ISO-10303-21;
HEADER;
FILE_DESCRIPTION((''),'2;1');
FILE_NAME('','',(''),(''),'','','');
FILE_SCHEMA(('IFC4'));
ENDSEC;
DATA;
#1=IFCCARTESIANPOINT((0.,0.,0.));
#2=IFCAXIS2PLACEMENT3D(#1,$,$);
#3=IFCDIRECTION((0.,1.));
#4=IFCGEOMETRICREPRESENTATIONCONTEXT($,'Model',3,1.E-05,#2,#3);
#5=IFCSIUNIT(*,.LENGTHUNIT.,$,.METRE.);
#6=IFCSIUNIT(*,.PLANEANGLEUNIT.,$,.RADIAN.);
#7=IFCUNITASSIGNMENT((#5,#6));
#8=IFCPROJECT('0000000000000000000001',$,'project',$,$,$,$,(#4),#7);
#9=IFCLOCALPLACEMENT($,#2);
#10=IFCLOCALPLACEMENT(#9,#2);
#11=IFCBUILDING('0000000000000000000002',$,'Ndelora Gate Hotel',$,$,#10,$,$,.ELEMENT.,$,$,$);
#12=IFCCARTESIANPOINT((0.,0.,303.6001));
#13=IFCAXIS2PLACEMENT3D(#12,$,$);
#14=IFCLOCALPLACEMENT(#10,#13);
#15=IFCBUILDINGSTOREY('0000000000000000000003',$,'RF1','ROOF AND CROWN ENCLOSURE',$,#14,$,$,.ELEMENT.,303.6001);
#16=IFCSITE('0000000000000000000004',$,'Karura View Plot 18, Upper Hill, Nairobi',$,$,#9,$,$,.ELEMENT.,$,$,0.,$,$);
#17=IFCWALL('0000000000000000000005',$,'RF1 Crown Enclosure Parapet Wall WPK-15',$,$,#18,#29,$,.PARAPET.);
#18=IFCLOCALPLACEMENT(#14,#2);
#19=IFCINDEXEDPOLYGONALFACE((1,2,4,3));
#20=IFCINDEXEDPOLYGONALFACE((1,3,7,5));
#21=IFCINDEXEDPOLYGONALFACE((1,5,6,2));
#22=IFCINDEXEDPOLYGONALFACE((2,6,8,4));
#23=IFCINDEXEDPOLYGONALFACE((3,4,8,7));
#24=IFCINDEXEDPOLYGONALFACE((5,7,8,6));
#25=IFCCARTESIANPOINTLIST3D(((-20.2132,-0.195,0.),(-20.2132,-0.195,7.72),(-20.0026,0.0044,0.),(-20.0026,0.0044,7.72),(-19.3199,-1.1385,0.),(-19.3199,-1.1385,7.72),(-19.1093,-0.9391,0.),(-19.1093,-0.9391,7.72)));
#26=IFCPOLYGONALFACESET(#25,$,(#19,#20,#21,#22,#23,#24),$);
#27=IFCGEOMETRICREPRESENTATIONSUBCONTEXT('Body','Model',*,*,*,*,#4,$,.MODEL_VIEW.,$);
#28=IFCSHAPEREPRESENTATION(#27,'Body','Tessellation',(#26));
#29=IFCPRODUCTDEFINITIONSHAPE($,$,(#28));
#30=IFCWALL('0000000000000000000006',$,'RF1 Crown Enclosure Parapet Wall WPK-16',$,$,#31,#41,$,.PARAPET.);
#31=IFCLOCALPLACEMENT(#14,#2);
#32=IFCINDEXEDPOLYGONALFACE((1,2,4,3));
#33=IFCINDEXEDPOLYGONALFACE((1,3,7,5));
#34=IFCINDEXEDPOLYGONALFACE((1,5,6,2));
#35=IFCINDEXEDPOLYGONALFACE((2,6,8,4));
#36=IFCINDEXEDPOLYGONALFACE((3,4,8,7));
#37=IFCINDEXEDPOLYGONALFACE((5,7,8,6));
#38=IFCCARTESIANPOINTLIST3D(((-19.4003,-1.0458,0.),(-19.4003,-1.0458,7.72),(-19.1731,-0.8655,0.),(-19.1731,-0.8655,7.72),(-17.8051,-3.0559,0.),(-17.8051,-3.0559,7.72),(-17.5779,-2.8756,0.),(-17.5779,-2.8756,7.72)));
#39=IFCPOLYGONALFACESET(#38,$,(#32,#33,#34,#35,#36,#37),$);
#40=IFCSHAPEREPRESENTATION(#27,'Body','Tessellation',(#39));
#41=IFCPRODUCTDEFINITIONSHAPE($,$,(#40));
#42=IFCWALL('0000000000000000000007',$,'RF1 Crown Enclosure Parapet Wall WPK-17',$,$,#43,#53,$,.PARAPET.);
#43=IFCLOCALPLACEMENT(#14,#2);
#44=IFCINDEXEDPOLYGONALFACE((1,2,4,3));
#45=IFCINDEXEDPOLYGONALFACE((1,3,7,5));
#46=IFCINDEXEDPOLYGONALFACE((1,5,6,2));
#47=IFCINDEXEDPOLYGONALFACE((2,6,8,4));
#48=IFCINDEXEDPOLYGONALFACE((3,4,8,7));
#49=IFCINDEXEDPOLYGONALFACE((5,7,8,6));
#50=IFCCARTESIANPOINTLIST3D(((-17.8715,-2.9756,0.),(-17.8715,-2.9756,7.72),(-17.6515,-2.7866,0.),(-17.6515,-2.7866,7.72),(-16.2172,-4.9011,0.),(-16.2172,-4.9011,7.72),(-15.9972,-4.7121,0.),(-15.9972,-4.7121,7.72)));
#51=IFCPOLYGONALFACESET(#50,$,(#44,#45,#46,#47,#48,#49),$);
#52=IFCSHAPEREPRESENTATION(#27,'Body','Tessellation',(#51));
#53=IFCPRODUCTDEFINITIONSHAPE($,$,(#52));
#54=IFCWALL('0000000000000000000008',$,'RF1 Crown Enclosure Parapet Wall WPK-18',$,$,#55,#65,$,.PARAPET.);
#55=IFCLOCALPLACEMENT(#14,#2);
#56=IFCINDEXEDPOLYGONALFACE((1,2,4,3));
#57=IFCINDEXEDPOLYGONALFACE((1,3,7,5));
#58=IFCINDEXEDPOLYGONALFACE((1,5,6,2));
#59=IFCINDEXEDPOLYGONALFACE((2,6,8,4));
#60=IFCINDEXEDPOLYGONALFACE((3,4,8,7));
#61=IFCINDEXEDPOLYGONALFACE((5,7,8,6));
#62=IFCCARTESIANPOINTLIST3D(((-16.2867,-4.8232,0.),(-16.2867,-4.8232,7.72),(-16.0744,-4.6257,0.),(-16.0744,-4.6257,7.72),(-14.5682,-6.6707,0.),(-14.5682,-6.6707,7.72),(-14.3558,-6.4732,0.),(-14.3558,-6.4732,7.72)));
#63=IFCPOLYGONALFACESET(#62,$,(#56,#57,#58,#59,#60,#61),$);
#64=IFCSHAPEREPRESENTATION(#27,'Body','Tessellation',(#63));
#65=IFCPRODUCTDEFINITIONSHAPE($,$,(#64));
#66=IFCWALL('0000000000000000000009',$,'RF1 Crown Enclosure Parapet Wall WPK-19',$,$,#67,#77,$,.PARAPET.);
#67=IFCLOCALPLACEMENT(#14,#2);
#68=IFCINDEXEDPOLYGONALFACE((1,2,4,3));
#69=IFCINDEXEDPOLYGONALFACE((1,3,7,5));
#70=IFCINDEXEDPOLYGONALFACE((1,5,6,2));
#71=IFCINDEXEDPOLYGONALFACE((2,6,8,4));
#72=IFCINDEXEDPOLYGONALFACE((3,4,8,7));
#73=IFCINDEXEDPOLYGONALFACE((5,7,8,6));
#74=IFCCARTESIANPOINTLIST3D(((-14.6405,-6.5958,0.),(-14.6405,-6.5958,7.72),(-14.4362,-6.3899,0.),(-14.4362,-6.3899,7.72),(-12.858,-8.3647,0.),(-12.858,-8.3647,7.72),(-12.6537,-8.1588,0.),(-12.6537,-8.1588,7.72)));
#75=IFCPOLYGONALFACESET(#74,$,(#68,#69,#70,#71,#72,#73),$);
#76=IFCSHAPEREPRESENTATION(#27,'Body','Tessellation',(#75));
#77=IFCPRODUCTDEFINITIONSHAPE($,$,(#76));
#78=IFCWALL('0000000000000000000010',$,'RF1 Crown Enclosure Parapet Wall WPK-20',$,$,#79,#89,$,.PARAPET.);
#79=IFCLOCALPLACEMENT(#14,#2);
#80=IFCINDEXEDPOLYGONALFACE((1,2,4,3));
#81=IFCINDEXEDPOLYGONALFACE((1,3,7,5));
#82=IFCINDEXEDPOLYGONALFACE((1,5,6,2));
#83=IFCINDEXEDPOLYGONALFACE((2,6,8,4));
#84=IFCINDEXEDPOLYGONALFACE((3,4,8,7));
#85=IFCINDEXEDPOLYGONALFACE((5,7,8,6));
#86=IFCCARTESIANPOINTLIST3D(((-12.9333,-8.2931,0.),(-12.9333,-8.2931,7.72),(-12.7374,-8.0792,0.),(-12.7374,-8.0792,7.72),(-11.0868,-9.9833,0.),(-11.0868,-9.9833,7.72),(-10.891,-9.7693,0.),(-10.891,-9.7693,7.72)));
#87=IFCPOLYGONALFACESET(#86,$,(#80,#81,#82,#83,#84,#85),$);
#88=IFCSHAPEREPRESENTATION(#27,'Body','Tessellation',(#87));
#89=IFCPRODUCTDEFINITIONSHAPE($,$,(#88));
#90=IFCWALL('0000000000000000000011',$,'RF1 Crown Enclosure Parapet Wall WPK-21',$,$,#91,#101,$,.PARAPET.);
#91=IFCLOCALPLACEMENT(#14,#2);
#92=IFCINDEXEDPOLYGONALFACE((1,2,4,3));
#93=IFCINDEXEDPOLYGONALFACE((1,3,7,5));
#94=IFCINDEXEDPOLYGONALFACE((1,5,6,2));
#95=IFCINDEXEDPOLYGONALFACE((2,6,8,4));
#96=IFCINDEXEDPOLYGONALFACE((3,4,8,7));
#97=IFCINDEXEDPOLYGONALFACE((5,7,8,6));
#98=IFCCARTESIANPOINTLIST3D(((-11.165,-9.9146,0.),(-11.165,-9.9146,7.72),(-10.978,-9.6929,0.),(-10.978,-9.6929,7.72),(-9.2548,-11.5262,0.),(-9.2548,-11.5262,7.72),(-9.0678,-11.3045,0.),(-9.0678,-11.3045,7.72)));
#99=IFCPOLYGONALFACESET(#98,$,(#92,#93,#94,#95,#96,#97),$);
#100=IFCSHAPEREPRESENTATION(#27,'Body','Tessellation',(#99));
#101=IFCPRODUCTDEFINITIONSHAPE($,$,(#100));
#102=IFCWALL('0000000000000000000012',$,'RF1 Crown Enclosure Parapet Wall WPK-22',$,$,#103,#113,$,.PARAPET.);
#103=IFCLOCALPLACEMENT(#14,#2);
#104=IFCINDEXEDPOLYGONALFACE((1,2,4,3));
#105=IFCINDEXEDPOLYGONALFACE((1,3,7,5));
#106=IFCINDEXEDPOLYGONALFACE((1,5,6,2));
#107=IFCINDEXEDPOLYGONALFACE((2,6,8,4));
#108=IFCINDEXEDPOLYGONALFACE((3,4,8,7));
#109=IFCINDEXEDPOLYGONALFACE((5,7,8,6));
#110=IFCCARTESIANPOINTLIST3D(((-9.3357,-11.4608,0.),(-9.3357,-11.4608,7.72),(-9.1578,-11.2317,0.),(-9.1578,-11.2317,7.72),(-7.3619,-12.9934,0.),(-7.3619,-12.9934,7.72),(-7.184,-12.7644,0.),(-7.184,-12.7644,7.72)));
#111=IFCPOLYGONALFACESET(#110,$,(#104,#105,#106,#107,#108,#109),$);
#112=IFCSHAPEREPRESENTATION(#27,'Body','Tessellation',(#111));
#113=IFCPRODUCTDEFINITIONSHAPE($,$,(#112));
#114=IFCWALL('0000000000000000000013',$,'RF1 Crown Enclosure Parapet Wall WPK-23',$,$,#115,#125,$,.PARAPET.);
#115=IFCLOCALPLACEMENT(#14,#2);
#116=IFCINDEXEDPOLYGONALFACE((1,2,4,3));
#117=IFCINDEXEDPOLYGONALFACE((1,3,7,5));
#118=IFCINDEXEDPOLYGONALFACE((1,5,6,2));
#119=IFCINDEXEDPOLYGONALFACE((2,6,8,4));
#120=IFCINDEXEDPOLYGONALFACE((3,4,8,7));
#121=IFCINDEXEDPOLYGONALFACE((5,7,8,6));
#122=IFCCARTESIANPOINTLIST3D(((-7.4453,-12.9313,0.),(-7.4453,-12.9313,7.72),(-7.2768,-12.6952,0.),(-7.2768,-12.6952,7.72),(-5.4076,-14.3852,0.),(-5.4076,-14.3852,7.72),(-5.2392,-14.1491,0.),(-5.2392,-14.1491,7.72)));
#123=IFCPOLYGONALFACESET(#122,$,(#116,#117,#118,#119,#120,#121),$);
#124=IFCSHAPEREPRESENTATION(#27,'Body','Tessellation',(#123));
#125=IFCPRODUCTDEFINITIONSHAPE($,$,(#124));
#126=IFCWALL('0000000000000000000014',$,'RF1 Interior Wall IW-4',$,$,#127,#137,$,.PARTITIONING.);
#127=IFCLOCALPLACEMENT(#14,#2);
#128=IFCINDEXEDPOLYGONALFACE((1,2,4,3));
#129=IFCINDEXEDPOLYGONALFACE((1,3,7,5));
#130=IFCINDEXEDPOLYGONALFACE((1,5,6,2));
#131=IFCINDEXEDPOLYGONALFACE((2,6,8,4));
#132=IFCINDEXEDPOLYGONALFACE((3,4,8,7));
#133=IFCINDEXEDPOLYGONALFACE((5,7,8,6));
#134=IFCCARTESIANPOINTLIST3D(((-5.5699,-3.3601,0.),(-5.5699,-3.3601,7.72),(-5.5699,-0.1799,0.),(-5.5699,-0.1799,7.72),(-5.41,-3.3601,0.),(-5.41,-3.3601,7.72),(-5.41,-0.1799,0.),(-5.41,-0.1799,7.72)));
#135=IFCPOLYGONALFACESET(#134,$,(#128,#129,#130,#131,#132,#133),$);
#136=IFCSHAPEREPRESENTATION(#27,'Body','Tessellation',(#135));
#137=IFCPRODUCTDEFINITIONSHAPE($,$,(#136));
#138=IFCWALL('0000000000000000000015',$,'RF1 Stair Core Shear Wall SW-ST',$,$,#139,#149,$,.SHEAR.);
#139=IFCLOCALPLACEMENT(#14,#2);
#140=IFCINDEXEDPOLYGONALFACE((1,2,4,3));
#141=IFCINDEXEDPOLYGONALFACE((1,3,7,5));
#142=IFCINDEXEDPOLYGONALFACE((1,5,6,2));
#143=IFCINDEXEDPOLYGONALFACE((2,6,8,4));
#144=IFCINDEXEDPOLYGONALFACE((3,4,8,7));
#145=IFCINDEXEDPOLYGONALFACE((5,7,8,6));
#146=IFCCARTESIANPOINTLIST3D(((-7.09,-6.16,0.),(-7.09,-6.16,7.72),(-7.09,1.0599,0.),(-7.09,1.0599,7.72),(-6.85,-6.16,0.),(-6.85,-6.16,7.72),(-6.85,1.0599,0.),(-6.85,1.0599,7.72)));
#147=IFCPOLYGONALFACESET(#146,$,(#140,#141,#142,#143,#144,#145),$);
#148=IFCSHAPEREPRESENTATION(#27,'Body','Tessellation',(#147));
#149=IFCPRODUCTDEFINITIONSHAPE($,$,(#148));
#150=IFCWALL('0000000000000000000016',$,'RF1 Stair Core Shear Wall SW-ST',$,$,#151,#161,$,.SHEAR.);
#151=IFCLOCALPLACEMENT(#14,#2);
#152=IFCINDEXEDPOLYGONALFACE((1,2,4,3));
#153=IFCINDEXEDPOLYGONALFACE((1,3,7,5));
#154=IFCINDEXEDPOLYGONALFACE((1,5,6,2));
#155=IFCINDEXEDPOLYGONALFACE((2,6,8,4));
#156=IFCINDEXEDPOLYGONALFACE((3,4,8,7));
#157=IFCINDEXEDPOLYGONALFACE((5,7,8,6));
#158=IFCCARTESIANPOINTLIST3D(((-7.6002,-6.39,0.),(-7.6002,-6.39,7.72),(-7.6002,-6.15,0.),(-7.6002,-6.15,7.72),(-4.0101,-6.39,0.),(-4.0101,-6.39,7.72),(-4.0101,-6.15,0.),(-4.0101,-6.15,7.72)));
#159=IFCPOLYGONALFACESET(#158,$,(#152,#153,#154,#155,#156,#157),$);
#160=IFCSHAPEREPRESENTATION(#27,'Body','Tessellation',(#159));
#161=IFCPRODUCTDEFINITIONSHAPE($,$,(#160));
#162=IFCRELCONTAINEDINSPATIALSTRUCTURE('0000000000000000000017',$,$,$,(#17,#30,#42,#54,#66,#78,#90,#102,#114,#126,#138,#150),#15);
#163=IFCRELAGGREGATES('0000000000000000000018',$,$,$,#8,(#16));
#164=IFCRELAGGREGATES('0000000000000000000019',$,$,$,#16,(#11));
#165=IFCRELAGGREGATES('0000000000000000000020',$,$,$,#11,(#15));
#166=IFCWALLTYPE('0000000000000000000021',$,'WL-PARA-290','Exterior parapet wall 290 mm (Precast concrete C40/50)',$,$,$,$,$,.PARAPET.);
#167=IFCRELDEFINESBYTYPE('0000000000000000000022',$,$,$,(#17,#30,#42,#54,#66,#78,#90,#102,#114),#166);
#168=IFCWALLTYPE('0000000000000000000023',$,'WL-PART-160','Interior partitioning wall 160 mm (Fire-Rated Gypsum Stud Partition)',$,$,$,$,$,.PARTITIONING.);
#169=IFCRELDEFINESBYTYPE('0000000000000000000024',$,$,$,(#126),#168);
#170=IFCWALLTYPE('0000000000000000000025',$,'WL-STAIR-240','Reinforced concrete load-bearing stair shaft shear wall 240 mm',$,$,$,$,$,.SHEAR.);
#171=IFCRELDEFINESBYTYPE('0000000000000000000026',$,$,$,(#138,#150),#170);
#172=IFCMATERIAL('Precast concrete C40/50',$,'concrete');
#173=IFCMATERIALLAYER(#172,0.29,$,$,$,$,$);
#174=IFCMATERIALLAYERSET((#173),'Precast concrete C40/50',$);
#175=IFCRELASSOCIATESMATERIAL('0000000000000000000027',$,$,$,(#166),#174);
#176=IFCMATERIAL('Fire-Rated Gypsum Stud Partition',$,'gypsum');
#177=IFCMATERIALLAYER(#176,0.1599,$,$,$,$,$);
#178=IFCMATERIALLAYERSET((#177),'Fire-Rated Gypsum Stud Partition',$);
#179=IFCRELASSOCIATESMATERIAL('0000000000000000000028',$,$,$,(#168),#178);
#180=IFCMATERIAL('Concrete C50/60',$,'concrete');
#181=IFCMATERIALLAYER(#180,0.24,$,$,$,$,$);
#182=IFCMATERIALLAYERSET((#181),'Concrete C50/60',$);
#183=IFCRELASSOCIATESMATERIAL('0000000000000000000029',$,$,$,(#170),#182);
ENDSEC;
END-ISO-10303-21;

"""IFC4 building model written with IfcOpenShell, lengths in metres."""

from ifc_helpers import new_model, si_unit, direction, frame, frame_2d, origin, place, context, subcontext, project, spatial, rectangle, extrude, material, layer, layer_set, type_object, element, save


model = new_model("IFC4")

# Units and contexts
model_context = context("Model", 3, precision=1e-05, world=origin(), true_north=direction((0.0, 1.0)))
body_context = subcontext(model_context, "Body", "Model", "MODEL_VIEW")
ifc_project = project(units=[si_unit("LENGTHUNIT", "METRE"), si_unit("PLANEANGLEUNIT", "RADIAN")], contexts=[model_context])

# Site, building, storey
site_placement = place(None, origin())
site = spatial("IfcSite", under=ifc_project, at=site_placement, Name="Karura View Plot 18, Upper Hill, Nairobi", CompositionType="ELEMENT", RefElevation=0.0)
building_placement = place(site_placement, origin())
building = spatial("IfcBuilding", under=site, at=building_placement, Name="Ndelora Gate Hotel", CompositionType="ELEMENT")
storey_placement = place(building_placement, frame((0.0, 0.0, 303.6001)))
storey = spatial("IfcBuildingStorey", under=building, at=storey_placement, Name="RF1", Description="ROOF AND CROWN ENCLOSURE", CompositionType="ELEMENT", Elevation=303.6001)

# Shared definitions
ifc_material_1 = material(Name="Concrete C50/60", Category="concrete")

# Walls
ifc_material_2 = material(Name="Precast concrete C40/50", Category="concrete")
ifc_layer_1 = layer(ifc_material_2, 0.29)
ifc_layer_set_1 = layer_set([ifc_layer_1], Name="Precast concrete C40/50")
wall_type_1 = type_object("IfcWallType", Name="WL-PARA-290", Description="Exterior parapet wall 290 mm (Precast concrete C40/50)", PredefinedType="PARAPET", material=ifc_layer_set_1)
wall_1_placement = place(storey_placement, frame((-19.2146, -1.0388, 0.0), z_axis=(0.0, 0.0, 1.0), x_axis=(-0.687489, 0.726195, 0.0)))
element("IfcWall", 1, at=wall_1_placement, inside=storey, type_object=wall_type_1, Name="RF1 Crown Enclosure Parapet Wall WPK-15", PredefinedType="PARAPET", context=body_context, shape_type="SweptSolid", body=[
    extrude(rectangle(XDim=1.2993, YDim=0.29, at=frame_2d((0.6497, 0.0))), origin(), (0.0, 0.0, 1.0), 7.72),
])
wall_2_placement = place(storey_placement, frame((-17.6914, -2.9658, 0.0), z_axis=(0.0, 0.0, 1.0), x_axis=(-0.62165, 0.783295, 0.0)))
element("IfcWall", 2, at=wall_2_placement, inside=storey, type_object=wall_type_1, Name="RF1 Crown Enclosure Parapet Wall WPK-16", PredefinedType="PARAPET", context=body_context, shape_type="SweptSolid", body=[
    extrude(rectangle(XDim=2.5662, YDim=0.29, at=frame_2d((1.2832, 0.0))), origin(), (0.0, 0.0, 1.0), 7.72),
])
wall_3_placement = place(storey_placement, frame((-16.1072, -4.8066, 0.0), z_axis=(0.0, 0.0, 1.0), x_axis=(-0.651662, 0.758509, 0.0)))
element("IfcWall", 3, at=wall_3_placement, inside=storey, type_object=wall_type_1, Name="RF1 Crown Enclosure Parapet Wall WPK-17", PredefinedType="PARAPET", context=body_context, shape_type="SweptSolid", body=[
    extrude(rectangle(XDim=2.5386, YDim=0.29, at=frame_2d((1.2693, 0.0))), origin(), (0.0, 0.0, 1.0), 7.72),
])
wall_4_placement = place(storey_placement, frame((-14.4619, -6.572, 0.0), z_axis=(0.0, 0.0, 1.0), x_axis=(-0.6811, 0.73219, 0.0)))
element("IfcWall", 4, at=wall_4_placement, inside=storey, type_object=wall_type_1, Name="RF1 Crown Enclosure Parapet Wall WPK-18", PredefinedType="PARAPET", context=body_context, shape_type="SweptSolid", body=[
    extrude(rectangle(XDim=2.5232, YDim=0.29, at=frame_2d((1.2617, 0.0))), origin(), (0.0, 0.0, 1.0), 7.72),
])
wall_5_placement = place(storey_placement, frame((-12.7559, -8.2617, 0.0), z_axis=(0.0, 0.0, 1.0), x_axis=(-0.709824, 0.704379, 0.0)))
element("IfcWall", 5, at=wall_5_placement, inside=storey, type_object=wall_type_1, Name="RF1 Crown Enclosure Parapet Wall WPK-19", PredefinedType="PARAPET", context=body_context, shape_type="SweptSolid", body=[
    extrude(rectangle(XDim=2.5112, YDim=0.29, at=frame_2d((1.2556, 0.0))), origin(), (0.0, 0.0, 1.0), 7.72),
])
wall_6_placement = place(storey_placement, frame((-10.989, -9.8762, 0.0), z_axis=(0.0, 0.0, 1.0), x_axis=(-0.737628, 0.675208, 0.0)))
element("IfcWall", 6, at=wall_6_placement, inside=storey, type_object=wall_type_1, Name="RF1 Crown Enclosure Parapet Wall WPK-20", PredefinedType="PARAPET", context=body_context, shape_type="SweptSolid", body=[
    extrude(rectangle(XDim=2.5032, YDim=0.29, at=frame_2d((1.2515, 0.0))), origin(), (0.0, 0.0, 1.0), 7.72),
])
wall_7_placement = place(storey_placement, frame((-9.1614, -11.4153, 0.0), z_axis=(0.0, 0.0, 1.0), x_axis=(-0.764316, 0.644842, 0.0)))
element("IfcWall", 7, at=wall_7_placement, inside=storey, type_object=wall_type_1, Name="RF1 Crown Enclosure Parapet Wall WPK-21", PredefinedType="PARAPET", context=body_context, shape_type="SweptSolid", body=[
    extrude(rectangle(XDim=2.4993, YDim=0.29, at=frame_2d((1.2495, 0.0))), origin(), (0.0, 0.0, 1.0), 7.72),
])
wall_8_placement = place(storey_placement, frame((-7.2729, -12.8789, 0.0), z_axis=(0.0, 0.0, 1.0), x_axis=(-0.789841, 0.613311, 0.0)))
element("IfcWall", 8, at=wall_8_placement, inside=storey, type_object=wall_type_1, Name="RF1 Crown Enclosure Parapet Wall WPK-22", PredefinedType="PARAPET", context=body_context, shape_type="SweptSolid", body=[
    extrude(rectangle(XDim=2.499, YDim=0.29, at=frame_2d((1.2495, 0.0))), origin(), (0.0, 0.0, 1.0), 7.72),
])
wall_9_placement = place(storey_placement, frame((-5.3235, -14.2671, 0.0), z_axis=(0.0, 0.0, 1.0), x_axis=(-0.81403, 0.580823, 0.0)))
element("IfcWall", 9, at=wall_9_placement, inside=storey, type_object=wall_type_1, Name="RF1 Crown Enclosure Parapet Wall WPK-23", PredefinedType="PARAPET", context=body_context, shape_type="SweptSolid", body=[
    extrude(rectangle(XDim=2.5032, YDim=0.29, at=frame_2d((1.2515, 0.0))), origin(), (0.0, 0.0, 1.0), 7.72),
])
ifc_material_3 = material(Name="Fire-Rated Gypsum Stud Partition", Category="gypsum")
ifc_layer_2 = layer(ifc_material_3, 0.1599)
ifc_layer_set_2 = layer_set([ifc_layer_2], Name="Fire-Rated Gypsum Stud Partition")
wall_type_2 = type_object("IfcWallType", Name="WL-PART-160", Description="Interior partitioning wall 160 mm (Fire-Rated Gypsum Stud Partition)", PredefinedType="PARTITIONING", material=ifc_layer_set_2)
wall_10_placement = place(storey_placement, frame((-5.49, -0.1799, 0.0), z_axis=(0.0, 0.0, 1.0), x_axis=(0.0, -1.0, 0.0)))
element("IfcWall", 10, at=wall_10_placement, inside=storey, type_object=wall_type_2, Name="RF1 Interior Wall IW-4", PredefinedType="PARTITIONING", context=body_context, shape_type="SweptSolid", body=[
    extrude(rectangle(XDim=3.1802, YDim=0.1599, at=frame_2d((1.5901, 0.0))), origin(), (0.0, 0.0, 1.0), 7.72),
])
ifc_layer_3 = layer(ifc_material_1, 0.24)
ifc_layer_set_3 = layer_set([ifc_layer_3], Name="Concrete C50/60")
wall_type_3 = type_object("IfcWallType", Name="WL-STAIR-240", Description="Reinforced concrete load-bearing stair shaft shear wall 240 mm", PredefinedType="SHEAR", material=ifc_layer_set_3)
wall_11_placement = place(storey_placement, frame((-6.97, -6.1599, 0.0), z_axis=(0.0, 0.0, 1.0), x_axis=(0.0, 1.0, 0.0)))
element("IfcWall", 11, at=wall_11_placement, inside=storey, type_object=wall_type_3, Name="RF1 Stair Core Shear Wall SW-ST", PredefinedType="SHEAR", context=body_context, shape_type="SweptSolid", body=[
    extrude(rectangle(XDim=7.22, YDim=0.24, at=frame_2d((3.6099, 0.0))), origin(), (0.0, 0.0, 1.0), 7.72),
])
wall_12_placement = place(storey_placement, frame((-7.6001, -6.27, 0.0), z_axis=(0.0, 0.0, 1.0), x_axis=(1.0, 0.0, 0.0)))
element("IfcWall", 12, at=wall_12_placement, inside=storey, type_object=wall_type_3, Name="RF1 Stair Core Shear Wall SW-ST", PredefinedType="SHEAR", context=body_context, shape_type="SweptSolid", body=[
    extrude(rectangle(XDim=3.5901, YDim=0.24, at=frame_2d((1.7949, 0.0))), origin(), (0.0, 0.0, 1.0), 7.72),
])

save(model, "model.ifc")
